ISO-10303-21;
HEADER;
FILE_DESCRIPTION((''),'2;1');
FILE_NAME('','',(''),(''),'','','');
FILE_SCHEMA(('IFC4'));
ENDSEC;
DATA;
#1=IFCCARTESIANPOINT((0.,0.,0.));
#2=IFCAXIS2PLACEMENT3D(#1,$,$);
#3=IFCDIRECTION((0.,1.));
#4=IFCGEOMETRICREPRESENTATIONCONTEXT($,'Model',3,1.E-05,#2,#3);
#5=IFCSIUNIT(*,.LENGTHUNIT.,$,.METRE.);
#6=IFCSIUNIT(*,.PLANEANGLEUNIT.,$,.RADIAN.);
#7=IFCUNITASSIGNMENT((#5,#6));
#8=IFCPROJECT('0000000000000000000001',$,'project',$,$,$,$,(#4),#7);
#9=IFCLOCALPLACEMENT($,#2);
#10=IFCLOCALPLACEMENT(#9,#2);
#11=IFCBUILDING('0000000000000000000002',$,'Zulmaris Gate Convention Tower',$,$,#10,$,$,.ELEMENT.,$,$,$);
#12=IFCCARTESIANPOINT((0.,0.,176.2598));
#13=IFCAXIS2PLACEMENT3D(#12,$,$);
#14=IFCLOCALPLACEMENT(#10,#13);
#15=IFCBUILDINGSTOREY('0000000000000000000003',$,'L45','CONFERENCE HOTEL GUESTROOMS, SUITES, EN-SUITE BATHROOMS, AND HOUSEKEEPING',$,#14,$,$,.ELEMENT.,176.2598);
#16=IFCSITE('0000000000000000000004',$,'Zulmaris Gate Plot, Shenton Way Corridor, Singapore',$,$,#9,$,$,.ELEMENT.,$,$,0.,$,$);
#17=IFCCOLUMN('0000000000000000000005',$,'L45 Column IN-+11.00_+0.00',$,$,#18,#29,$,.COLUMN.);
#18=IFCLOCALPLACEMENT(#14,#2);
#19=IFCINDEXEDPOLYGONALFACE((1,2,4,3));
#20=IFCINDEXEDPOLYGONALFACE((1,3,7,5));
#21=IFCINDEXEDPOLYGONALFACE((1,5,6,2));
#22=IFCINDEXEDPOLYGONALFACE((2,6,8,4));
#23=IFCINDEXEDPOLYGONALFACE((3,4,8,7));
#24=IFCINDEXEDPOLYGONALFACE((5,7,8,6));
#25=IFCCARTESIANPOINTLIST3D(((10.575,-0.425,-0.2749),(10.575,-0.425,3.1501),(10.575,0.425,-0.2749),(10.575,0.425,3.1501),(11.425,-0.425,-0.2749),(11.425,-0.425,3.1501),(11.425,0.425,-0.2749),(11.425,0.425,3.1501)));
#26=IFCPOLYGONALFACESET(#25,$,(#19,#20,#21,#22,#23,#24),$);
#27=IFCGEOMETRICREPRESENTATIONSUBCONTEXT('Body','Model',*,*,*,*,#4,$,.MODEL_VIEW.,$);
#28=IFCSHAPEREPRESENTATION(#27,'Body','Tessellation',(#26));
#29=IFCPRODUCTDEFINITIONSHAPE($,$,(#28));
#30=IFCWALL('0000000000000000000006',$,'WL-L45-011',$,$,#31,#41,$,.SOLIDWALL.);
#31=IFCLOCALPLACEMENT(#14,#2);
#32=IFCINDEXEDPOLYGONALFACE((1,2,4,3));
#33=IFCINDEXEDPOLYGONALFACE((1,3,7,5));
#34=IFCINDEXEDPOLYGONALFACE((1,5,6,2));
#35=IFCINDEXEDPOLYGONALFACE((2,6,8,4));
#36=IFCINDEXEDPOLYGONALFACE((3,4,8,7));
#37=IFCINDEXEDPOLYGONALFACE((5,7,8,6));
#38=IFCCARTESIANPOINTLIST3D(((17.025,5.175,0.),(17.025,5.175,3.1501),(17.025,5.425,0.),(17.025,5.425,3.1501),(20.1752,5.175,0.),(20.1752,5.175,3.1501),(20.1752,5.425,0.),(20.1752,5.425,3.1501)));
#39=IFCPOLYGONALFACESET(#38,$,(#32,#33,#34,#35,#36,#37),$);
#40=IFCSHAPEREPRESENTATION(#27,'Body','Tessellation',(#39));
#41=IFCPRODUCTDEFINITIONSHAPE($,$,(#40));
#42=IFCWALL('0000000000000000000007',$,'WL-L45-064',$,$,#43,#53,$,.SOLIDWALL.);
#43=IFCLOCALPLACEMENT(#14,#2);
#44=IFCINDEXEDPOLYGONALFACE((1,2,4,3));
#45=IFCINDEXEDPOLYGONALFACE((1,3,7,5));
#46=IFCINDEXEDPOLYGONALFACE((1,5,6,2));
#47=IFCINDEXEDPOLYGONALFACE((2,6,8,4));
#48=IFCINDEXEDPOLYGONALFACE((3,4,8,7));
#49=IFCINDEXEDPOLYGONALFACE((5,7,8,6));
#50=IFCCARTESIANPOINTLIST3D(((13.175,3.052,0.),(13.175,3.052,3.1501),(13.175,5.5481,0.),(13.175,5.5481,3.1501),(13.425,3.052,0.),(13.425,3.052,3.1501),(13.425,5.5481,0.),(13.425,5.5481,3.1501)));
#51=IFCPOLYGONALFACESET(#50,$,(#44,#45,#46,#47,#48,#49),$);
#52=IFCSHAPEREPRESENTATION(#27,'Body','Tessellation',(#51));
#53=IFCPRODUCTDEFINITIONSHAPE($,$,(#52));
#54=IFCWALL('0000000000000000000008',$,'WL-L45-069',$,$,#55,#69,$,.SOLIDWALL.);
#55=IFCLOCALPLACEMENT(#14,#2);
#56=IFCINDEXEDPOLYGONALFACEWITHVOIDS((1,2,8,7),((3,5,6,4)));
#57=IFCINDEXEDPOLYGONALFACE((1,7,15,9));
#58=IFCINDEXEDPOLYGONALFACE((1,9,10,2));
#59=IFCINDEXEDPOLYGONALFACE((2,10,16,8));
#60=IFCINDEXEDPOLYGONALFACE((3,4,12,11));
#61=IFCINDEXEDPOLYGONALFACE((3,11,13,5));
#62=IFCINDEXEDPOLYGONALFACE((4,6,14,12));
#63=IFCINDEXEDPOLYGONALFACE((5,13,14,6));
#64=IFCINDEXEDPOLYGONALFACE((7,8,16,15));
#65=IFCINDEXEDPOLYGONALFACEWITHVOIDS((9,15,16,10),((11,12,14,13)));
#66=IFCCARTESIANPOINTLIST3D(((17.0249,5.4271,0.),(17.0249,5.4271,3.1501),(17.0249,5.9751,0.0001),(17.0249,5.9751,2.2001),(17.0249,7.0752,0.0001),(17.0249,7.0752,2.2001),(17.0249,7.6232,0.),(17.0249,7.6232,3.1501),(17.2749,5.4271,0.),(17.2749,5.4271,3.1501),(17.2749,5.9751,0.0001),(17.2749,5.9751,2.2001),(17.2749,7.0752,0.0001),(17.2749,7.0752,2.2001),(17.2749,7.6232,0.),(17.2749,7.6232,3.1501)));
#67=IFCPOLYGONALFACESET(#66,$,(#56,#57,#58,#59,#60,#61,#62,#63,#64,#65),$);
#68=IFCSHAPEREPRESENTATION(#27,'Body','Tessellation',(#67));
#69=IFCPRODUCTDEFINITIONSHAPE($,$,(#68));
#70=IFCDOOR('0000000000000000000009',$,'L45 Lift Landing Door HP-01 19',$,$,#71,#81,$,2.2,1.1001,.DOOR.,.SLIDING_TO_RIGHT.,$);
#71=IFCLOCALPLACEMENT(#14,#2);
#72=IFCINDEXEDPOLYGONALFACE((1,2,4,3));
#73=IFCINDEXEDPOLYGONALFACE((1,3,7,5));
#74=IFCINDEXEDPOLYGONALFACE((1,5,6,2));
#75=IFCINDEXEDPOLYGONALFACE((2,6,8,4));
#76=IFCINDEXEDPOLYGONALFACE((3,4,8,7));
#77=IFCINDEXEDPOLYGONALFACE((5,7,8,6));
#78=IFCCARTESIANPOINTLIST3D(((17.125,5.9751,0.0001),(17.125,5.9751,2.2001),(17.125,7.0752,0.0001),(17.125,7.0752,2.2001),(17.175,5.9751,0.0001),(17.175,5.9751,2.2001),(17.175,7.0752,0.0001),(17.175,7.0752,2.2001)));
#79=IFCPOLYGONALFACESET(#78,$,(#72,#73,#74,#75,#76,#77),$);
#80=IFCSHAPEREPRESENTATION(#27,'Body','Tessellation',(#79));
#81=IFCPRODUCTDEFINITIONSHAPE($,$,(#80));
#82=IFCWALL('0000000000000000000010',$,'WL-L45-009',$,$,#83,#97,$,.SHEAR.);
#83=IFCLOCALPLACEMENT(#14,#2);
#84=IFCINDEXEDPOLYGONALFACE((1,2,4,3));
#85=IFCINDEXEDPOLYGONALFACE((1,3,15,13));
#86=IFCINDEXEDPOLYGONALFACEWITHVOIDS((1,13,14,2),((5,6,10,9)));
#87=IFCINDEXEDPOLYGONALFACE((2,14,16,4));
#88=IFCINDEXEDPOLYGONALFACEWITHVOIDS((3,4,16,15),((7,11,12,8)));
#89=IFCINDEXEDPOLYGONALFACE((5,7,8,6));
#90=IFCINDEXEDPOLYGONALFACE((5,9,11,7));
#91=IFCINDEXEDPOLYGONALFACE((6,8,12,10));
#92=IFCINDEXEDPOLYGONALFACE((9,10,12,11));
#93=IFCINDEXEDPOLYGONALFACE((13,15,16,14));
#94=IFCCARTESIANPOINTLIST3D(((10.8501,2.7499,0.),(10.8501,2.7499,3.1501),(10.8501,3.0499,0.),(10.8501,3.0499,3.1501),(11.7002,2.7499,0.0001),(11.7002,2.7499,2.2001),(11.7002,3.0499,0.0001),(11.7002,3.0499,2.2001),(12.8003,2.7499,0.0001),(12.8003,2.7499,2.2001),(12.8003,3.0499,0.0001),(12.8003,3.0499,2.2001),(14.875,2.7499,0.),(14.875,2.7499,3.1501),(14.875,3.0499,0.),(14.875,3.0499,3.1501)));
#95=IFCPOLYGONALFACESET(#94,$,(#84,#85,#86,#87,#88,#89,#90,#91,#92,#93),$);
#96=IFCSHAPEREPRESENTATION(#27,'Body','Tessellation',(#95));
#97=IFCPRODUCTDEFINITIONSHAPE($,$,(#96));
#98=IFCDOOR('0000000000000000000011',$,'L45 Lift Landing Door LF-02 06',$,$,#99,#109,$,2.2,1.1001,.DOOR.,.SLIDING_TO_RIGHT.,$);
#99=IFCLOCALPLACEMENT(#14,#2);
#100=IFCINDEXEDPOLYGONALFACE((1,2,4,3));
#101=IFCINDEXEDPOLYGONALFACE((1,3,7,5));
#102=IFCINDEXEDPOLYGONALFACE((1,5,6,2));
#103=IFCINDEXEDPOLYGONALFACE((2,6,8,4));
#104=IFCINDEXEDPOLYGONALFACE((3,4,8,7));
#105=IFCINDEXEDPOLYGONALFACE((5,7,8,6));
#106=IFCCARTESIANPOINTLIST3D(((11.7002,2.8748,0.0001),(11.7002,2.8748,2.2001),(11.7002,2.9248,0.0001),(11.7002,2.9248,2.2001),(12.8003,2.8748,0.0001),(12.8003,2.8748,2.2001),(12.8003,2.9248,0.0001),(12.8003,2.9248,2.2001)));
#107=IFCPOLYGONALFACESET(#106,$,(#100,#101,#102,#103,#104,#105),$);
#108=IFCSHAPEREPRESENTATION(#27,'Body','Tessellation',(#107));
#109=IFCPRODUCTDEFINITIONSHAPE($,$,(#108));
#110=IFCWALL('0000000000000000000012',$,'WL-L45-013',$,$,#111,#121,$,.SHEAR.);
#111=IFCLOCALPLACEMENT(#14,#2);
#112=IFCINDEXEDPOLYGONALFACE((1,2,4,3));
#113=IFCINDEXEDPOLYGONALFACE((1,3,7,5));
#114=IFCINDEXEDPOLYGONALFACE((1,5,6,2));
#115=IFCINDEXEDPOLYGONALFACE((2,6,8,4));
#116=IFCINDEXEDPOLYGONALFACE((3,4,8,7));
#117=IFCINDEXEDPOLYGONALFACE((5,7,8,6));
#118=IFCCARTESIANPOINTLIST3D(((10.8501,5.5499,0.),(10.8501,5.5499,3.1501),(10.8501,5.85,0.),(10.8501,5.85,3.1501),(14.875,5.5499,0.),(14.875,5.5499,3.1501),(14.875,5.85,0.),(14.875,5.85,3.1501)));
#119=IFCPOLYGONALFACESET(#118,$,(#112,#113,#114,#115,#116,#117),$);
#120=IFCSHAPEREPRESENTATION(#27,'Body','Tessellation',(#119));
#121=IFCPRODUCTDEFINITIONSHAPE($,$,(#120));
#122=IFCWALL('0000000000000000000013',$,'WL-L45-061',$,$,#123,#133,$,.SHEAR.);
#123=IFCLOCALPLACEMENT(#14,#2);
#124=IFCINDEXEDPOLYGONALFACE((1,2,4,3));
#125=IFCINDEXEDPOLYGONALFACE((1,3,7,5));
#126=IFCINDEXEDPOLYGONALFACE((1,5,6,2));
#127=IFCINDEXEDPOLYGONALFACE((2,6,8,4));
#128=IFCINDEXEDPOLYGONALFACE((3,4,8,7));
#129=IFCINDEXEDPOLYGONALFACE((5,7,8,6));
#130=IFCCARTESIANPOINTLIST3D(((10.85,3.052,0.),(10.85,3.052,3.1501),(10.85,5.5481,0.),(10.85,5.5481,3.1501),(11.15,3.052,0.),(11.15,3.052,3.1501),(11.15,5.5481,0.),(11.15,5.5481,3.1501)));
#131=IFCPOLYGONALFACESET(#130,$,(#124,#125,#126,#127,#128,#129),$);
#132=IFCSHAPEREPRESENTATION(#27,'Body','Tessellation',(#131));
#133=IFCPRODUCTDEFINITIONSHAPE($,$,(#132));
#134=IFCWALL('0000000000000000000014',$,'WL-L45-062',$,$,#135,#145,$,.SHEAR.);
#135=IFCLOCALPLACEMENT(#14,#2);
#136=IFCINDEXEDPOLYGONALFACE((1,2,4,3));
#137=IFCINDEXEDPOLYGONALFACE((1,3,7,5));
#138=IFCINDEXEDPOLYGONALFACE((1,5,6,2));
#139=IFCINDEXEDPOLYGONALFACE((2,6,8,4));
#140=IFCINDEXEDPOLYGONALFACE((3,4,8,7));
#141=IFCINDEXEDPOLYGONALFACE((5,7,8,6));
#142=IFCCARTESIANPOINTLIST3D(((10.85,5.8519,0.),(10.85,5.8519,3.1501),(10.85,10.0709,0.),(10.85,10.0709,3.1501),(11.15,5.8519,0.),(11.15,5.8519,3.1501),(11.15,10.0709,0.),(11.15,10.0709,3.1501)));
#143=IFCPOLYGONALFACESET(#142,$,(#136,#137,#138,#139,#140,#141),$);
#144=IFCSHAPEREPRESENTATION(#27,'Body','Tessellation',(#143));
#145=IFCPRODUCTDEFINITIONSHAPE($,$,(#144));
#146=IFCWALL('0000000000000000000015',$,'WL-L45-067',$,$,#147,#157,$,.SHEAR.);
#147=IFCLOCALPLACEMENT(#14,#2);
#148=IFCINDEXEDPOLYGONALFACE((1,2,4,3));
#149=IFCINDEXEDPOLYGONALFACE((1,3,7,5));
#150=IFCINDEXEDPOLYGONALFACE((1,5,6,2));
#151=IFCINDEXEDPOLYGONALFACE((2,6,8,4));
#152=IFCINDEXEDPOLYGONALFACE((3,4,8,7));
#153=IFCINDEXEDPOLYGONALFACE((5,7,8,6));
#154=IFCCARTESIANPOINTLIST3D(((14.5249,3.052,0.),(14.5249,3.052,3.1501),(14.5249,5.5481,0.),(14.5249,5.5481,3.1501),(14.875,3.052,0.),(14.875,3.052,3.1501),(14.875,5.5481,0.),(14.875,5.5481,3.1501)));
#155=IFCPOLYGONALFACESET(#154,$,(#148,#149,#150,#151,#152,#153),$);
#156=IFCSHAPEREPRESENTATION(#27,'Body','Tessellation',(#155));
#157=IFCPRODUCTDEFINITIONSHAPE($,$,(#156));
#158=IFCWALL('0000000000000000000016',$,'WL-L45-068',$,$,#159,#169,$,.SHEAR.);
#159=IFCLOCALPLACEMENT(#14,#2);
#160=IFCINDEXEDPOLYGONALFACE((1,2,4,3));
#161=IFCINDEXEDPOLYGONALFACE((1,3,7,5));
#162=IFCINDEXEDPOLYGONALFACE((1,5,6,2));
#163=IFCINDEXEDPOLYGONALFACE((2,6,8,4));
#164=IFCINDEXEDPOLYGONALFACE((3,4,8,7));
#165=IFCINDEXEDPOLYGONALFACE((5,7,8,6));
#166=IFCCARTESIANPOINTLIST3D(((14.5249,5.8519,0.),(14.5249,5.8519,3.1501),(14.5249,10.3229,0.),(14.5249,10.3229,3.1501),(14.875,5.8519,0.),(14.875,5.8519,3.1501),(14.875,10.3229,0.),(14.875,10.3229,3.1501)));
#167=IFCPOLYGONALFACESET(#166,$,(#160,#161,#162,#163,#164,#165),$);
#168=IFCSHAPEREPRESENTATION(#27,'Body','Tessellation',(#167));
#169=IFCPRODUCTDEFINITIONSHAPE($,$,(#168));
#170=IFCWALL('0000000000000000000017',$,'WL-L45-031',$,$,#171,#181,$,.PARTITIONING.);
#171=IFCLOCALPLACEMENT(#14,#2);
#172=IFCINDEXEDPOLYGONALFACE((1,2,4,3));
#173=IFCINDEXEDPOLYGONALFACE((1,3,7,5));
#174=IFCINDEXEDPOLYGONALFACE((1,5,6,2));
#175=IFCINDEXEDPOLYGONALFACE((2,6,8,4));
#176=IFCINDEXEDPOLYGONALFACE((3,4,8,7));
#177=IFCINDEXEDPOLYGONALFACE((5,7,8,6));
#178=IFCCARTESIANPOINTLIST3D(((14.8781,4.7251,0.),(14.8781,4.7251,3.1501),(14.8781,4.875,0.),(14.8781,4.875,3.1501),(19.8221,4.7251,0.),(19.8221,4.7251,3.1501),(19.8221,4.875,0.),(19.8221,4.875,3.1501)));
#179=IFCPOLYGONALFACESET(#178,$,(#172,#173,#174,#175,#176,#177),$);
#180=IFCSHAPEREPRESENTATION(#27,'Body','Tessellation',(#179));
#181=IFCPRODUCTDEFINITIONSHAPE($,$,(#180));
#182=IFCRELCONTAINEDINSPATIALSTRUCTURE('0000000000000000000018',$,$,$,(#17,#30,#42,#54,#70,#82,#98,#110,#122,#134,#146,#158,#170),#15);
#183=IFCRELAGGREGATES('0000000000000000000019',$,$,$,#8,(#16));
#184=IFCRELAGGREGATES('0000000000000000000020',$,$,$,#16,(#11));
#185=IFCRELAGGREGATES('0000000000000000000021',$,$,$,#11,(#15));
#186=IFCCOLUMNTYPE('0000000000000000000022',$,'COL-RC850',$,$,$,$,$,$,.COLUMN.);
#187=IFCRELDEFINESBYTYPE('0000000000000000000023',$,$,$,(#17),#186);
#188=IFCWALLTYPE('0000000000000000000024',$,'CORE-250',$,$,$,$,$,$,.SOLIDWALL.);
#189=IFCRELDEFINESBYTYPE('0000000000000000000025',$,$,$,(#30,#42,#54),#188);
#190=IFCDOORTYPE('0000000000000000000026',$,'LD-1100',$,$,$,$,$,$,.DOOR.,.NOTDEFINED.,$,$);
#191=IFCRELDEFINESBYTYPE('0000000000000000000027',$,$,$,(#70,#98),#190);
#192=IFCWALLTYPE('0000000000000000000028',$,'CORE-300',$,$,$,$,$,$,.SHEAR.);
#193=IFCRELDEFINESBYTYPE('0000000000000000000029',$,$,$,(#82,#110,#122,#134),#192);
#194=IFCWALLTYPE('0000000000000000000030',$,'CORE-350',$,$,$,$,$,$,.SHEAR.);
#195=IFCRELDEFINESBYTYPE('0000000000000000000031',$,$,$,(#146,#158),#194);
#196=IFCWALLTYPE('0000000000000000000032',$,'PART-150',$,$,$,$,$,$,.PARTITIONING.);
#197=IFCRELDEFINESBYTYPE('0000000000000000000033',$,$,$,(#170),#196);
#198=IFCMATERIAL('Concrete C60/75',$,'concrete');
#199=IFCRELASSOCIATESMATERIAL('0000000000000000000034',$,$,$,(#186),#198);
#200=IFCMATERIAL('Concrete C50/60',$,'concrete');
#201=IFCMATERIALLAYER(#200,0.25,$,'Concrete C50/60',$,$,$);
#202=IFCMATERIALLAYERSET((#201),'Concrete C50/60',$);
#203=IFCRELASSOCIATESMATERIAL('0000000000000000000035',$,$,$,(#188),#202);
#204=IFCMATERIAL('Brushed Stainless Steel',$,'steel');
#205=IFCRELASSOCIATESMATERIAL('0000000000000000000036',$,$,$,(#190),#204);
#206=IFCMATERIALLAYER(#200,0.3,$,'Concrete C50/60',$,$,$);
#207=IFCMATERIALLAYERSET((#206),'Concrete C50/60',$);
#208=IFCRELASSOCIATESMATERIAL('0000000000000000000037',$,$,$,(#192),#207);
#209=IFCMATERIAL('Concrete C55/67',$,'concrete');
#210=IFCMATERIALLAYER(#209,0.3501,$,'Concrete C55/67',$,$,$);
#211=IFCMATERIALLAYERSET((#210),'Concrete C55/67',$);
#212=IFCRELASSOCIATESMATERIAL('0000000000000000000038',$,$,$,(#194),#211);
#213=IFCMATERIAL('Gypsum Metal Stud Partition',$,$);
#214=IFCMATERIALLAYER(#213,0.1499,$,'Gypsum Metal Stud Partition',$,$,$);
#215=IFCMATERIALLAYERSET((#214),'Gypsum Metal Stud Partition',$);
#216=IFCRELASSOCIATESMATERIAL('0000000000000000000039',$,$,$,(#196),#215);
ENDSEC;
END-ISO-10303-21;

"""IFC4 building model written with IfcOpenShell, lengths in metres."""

from ifc_helpers import new_model, si_unit, direction, frame, frame_2d, origin, origin_2d, place, context, subcontext, project, spatial, rectangle, extrude, material, layer, layer_set, material_profile, profile_set, type_object, element, fill, save


model = new_model("IFC4")

# Units and contexts
model_context = context("Model", 3, precision=1e-05, world=origin(), true_north=direction((0.0, 1.0)))
body_context = subcontext(model_context, "Body", "Model", "MODEL_VIEW")
ifc_project = project(units=[si_unit("LENGTHUNIT", "METRE"), si_unit("PLANEANGLEUNIT", "RADIAN")], contexts=[model_context])

# Site, building, storey
site_placement = place(None, origin())
site = spatial("IfcSite", under=ifc_project, at=site_placement, Name="Zulmaris Gate Plot, Shenton Way Corridor, Singapore", CompositionType="ELEMENT", RefElevation=0.0)
building_placement = place(site_placement, origin())
building = spatial("IfcBuilding", under=site, at=building_placement, Name="Zulmaris Gate Convention Tower", CompositionType="ELEMENT")
storey_placement = place(building_placement, frame((0.0, 0.0, 176.2598)))
storey = spatial("IfcBuildingStorey", under=building, at=storey_placement, Name="L45", Description="CONFERENCE HOTEL GUESTROOMS, SUITES, EN-SUITE BATHROOMS, AND HOUSEKEEPING", CompositionType="ELEMENT", Elevation=176.2598)

# Column
ifc_material_1 = material(Name="Concrete C60/75", Category="concrete")
ifc_material_profile = material_profile(ifc_material_1, rectangle(XDim=0.8501, YDim=0.8501, at=origin_2d()), Name="RC COL 850x850")
ifc_profile_set = profile_set([ifc_material_profile], Name="Concrete C60/75")
column_type = type_object("IfcColumnType", Name="COL-RC850", PredefinedType="COLUMN", material=ifc_profile_set)
column_placement = place(storey_placement, frame((11.0, 0.0, -0.2749), z_axis=(0.0, 0.0, 1.0), x_axis=(1.0, 0.0, 0.0)))
element("IfcColumn", 1, at=column_placement, inside=storey, type_object=column_type, Name="L45 Column IN-+11.00_+0.00", PredefinedType="COLUMN", context=body_context, shape_type="SweptSolid", body=[
    extrude(rectangle(XDim=0.8501, YDim=0.8501, at=origin_2d()), origin(), (0.0, 0.0, 1.0), 3.425),
])

# Walls
ifc_material_2 = material(Name="Concrete C50/60", Category="concrete")
ifc_layer_1 = layer(ifc_material_2, 0.25, Name="Concrete C50/60")
ifc_layer_set_1 = layer_set([ifc_layer_1], Name="Concrete C50/60")
wall_type_1 = type_object("IfcWallType", Name="CORE-250", PredefinedType="SOLIDWALL", material=ifc_layer_set_1)
wall_1_placement = place(storey_placement, frame((17.0249, 5.3, 0.0), z_axis=(0.0, 0.0, 1.0), x_axis=(1.0, 0.0, 0.0)))
element("IfcWall", 2, at=wall_1_placement, inside=storey, type_object=wall_type_1, Name="WL-L45-011", PredefinedType="SOLIDWALL", context=body_context, shape_type="SweptSolid", body=[
    extrude(rectangle(XDim=3.1501, YDim=0.25, at=frame_2d((1.5752, 0.0))), origin(), (0.0, 0.0, 1.0), 3.1501),
])
wall_2_placement = place(storey_placement, frame((13.3, 3.052, 0.0), z_axis=(0.0, 0.0, 1.0), x_axis=(0.0, 1.0, 0.0)))
element("IfcWall", 3, at=wall_2_placement, inside=storey, type_object=wall_type_1, Name="WL-L45-064", PredefinedType="SOLIDWALL", context=body_context, shape_type="SweptSolid", body=[
    extrude(rectangle(XDim=2.4961, YDim=0.25, at=frame_2d((1.248, 0.0))), origin(), (0.0, 0.0, 1.0), 3.1501),
])

# Walls, openings, doors
wall_3_placement = place(storey_placement, frame((17.1499, 5.427, 0.0), z_axis=(0.0, 0.0, 1.0), x_axis=(0.0, 1.0, 0.0)))
wall_3 = element("IfcWall", 4, at=wall_3_placement, inside=storey, type_object=wall_type_1, Name="WL-L45-069", PredefinedType="SOLIDWALL", context=body_context, shape_type="SweptSolid", body=[
    extrude(rectangle(XDim=2.196, YDim=0.25, at=frame_2d((1.0981, 0.0))), origin(), (0.0, 0.0, 1.0), 3.1501),
])
opening_1_placement = place(wall_3_placement, frame((0.5481, 0.0, 0.0)))
opening_1 = element("IfcOpeningElement", 5, at=opening_1_placement, cuts=wall_3, PredefinedType="OPENING", context=body_context, shape_type="SweptSolid", body=[
    extrude(rectangle(XDim=1.1001, YDim=2.2, at=frame_2d((0.55, 1.1001))), frame((0.0, 0.135, 0.0), z_axis=(0.0, -1.0, 0.0), x_axis=(1.0, 0.0, 0.0)), (0.0, 0.0, 1.0), 0.27),
])
ifc_material_3 = material(Name="Brushed Stainless Steel", Category="steel")
door_type_1 = type_object("IfcDoorType", Name="LD-1100", OperationType="NOTDEFINED", PredefinedType="DOOR", material=ifc_material_3)
door_1_placement = place(opening_1_placement, origin())
door_1 = element("IfcDoor", 6, at=door_1_placement, inside=storey, type_object=door_type_1, Name="L45 Lift Landing Door HP-01 19", OperationType="SLIDING_TO_RIGHT", OverallHeight=2.2, OverallWidth=1.1001, PredefinedType="DOOR", context=body_context, shape_type="SweptSolid", body=[
    extrude(rectangle(XDim=1.1001, YDim=2.2, at=frame_2d((0.55, 1.1001))), frame((0.0, 0.0249, 0.0), z_axis=(0.0, -1.0, 0.0), x_axis=(1.0, 0.0, 0.0)), (0.0, 0.0, 1.0), 0.05),
])
fill(opening_1, door_1)
ifc_layer_2 = layer(ifc_material_2, 0.3, Name="Concrete C50/60")
ifc_layer_set_2 = layer_set([ifc_layer_2], Name="Concrete C50/60")
wall_type_2 = type_object("IfcWallType", Name="CORE-300", PredefinedType="SHEAR", material=ifc_layer_set_2)
wall_4_placement = place(storey_placement, frame((10.8501, 2.8999, 0.0), z_axis=(0.0, 0.0, 1.0), x_axis=(1.0, 0.0, 0.0)))
wall_4 = element("IfcWall", 7, at=wall_4_placement, inside=storey, type_object=wall_type_2, Name="WL-L45-009", PredefinedType="SHEAR", context=body_context, shape_type="SweptSolid", body=[
    extrude(rectangle(XDim=4.0249, YDim=0.3, at=frame_2d((2.0125, 0.0))), origin(), (0.0, 0.0, 1.0), 3.1501),
])
opening_2_placement = place(wall_4_placement, frame((0.8501, 0.0, 0.0)))
opening_2 = element("IfcOpeningElement", 8, at=opening_2_placement, cuts=wall_4, PredefinedType="OPENING", context=body_context, shape_type="SweptSolid", body=[
    extrude(rectangle(XDim=1.1001, YDim=2.2, at=frame_2d((0.55, 1.1001))), frame((0.0, 0.1602, 0.0), z_axis=(0.0, -1.0, 0.0), x_axis=(1.0, 0.0, 0.0)), (0.0, 0.0, 1.0), 0.3201),
])
door_2_placement = place(opening_2_placement, origin())
door_2 = element("IfcDoor", 9, at=door_2_placement, inside=storey, type_object=door_type_1, Name="L45 Lift Landing Door LF-02 06", OperationType="SLIDING_TO_RIGHT", OverallHeight=2.2, OverallWidth=1.1001, PredefinedType="DOOR", context=body_context, shape_type="SweptSolid", body=[
    extrude(rectangle(XDim=1.1001, YDim=2.2, at=frame_2d((0.55, 1.1001))), frame((0.0, 0.0249, 0.0), z_axis=(0.0, -1.0, 0.0), x_axis=(1.0, 0.0, 0.0)), (0.0, 0.0, 1.0), 0.05),
])
fill(opening_2, door_2)

# Wall
wall_5_placement = place(storey_placement, frame((10.8501, 5.7, 0.0), z_axis=(0.0, 0.0, 1.0), x_axis=(1.0, 0.0, 0.0)))
element("IfcWall", 10, at=wall_5_placement, inside=storey, type_object=wall_type_2, Name="WL-L45-013", PredefinedType="SHEAR", context=body_context, shape_type="SweptSolid", body=[
    extrude(rectangle(XDim=4.0249, YDim=0.3, at=frame_2d((2.0125, 0.0))), origin(), (0.0, 0.0, 1.0), 3.1501),
])

# Walls
wall_6_placement = place(storey_placement, frame((11.0, 3.052, 0.0), z_axis=(0.0, 0.0, 1.0), x_axis=(0.0, 1.0, 0.0)))
element("IfcWall", 11, at=wall_6_placement, inside=storey, type_object=wall_type_2, Name="WL-L45-061", PredefinedType="SHEAR", context=body_context, shape_type="SweptSolid", body=[
    extrude(rectangle(XDim=2.4961, YDim=0.3, at=frame_2d((1.248, 0.0))), origin(), (0.0, 0.0, 1.0), 3.1501),
])
wall_7_placement = place(storey_placement, frame((11.0, 5.8521, 0.0), z_axis=(0.0, 0.0, 1.0), x_axis=(0.0, 1.0, 0.0)))
element("IfcWall", 12, at=wall_7_placement, inside=storey, type_object=wall_type_2, Name="WL-L45-062", PredefinedType="SHEAR", context=body_context, shape_type="SweptSolid", body=[
    extrude(rectangle(XDim=4.219, YDim=0.3, at=frame_2d((2.1094, 0.0))), origin(), (0.0, 0.0, 1.0), 3.1501),
])
ifc_material_4 = material(Name="Concrete C55/67", Category="concrete")
ifc_layer_3 = layer(ifc_material_4, 0.3501, Name="Concrete C55/67")
ifc_layer_set_3 = layer_set([ifc_layer_3], Name="Concrete C55/67")
wall_type_3 = type_object("IfcWallType", Name="CORE-350", PredefinedType="SHEAR", material=ifc_layer_set_3)
wall_8_placement = place(storey_placement, frame((14.7, 3.052, 0.0), z_axis=(0.0, 0.0, 1.0), x_axis=(0.0, 1.0, 0.0)))
element("IfcWall", 13, at=wall_8_placement, inside=storey, type_object=wall_type_3, Name="WL-L45-067", PredefinedType="SHEAR", context=body_context, shape_type="SweptSolid", body=[
    extrude(rectangle(XDim=2.4961, YDim=0.3501, at=frame_2d((1.248, 0.0))), origin(), (0.0, 0.0, 1.0), 3.1501),
])
wall_9_placement = place(storey_placement, frame((14.7, 5.8521, 0.0), z_axis=(0.0, 0.0, 1.0), x_axis=(0.0, 1.0, 0.0)))
element("IfcWall", 14, at=wall_9_placement, inside=storey, type_object=wall_type_3, Name="WL-L45-068", PredefinedType="SHEAR", context=body_context, shape_type="SweptSolid", body=[
    extrude(rectangle(XDim=4.4709, YDim=0.3501, at=frame_2d((2.2354, 0.0))), origin(), (0.0, 0.0, 1.0), 3.1501),
])
ifc_material_5 = material(Name="Gypsum Metal Stud Partition")
ifc_layer_4 = layer(ifc_material_5, 0.1499, Name="Gypsum Metal Stud Partition")
ifc_layer_set_4 = layer_set([ifc_layer_4], Name="Gypsum Metal Stud Partition")
wall_type_4 = type_object("IfcWallType", Name="PART-150", PredefinedType="PARTITIONING", material=ifc_layer_set_4)
wall_10_placement = place(storey_placement, frame((14.8779, 4.8, 0.0), z_axis=(0.0, 0.0, 1.0), x_axis=(1.0, 0.0, 0.0)))
element("IfcWall", 15, at=wall_10_placement, inside=storey, type_object=wall_type_4, Name="WL-L45-031", PredefinedType="PARTITIONING", context=body_context, shape_type="SweptSolid", body=[
    extrude(rectangle(XDim=4.9441, YDim=0.1499, at=frame_2d((2.4722, 0.0))), origin(), (0.0, 0.0, 1.0), 3.1501),
])

save(model, "model.ifc")
